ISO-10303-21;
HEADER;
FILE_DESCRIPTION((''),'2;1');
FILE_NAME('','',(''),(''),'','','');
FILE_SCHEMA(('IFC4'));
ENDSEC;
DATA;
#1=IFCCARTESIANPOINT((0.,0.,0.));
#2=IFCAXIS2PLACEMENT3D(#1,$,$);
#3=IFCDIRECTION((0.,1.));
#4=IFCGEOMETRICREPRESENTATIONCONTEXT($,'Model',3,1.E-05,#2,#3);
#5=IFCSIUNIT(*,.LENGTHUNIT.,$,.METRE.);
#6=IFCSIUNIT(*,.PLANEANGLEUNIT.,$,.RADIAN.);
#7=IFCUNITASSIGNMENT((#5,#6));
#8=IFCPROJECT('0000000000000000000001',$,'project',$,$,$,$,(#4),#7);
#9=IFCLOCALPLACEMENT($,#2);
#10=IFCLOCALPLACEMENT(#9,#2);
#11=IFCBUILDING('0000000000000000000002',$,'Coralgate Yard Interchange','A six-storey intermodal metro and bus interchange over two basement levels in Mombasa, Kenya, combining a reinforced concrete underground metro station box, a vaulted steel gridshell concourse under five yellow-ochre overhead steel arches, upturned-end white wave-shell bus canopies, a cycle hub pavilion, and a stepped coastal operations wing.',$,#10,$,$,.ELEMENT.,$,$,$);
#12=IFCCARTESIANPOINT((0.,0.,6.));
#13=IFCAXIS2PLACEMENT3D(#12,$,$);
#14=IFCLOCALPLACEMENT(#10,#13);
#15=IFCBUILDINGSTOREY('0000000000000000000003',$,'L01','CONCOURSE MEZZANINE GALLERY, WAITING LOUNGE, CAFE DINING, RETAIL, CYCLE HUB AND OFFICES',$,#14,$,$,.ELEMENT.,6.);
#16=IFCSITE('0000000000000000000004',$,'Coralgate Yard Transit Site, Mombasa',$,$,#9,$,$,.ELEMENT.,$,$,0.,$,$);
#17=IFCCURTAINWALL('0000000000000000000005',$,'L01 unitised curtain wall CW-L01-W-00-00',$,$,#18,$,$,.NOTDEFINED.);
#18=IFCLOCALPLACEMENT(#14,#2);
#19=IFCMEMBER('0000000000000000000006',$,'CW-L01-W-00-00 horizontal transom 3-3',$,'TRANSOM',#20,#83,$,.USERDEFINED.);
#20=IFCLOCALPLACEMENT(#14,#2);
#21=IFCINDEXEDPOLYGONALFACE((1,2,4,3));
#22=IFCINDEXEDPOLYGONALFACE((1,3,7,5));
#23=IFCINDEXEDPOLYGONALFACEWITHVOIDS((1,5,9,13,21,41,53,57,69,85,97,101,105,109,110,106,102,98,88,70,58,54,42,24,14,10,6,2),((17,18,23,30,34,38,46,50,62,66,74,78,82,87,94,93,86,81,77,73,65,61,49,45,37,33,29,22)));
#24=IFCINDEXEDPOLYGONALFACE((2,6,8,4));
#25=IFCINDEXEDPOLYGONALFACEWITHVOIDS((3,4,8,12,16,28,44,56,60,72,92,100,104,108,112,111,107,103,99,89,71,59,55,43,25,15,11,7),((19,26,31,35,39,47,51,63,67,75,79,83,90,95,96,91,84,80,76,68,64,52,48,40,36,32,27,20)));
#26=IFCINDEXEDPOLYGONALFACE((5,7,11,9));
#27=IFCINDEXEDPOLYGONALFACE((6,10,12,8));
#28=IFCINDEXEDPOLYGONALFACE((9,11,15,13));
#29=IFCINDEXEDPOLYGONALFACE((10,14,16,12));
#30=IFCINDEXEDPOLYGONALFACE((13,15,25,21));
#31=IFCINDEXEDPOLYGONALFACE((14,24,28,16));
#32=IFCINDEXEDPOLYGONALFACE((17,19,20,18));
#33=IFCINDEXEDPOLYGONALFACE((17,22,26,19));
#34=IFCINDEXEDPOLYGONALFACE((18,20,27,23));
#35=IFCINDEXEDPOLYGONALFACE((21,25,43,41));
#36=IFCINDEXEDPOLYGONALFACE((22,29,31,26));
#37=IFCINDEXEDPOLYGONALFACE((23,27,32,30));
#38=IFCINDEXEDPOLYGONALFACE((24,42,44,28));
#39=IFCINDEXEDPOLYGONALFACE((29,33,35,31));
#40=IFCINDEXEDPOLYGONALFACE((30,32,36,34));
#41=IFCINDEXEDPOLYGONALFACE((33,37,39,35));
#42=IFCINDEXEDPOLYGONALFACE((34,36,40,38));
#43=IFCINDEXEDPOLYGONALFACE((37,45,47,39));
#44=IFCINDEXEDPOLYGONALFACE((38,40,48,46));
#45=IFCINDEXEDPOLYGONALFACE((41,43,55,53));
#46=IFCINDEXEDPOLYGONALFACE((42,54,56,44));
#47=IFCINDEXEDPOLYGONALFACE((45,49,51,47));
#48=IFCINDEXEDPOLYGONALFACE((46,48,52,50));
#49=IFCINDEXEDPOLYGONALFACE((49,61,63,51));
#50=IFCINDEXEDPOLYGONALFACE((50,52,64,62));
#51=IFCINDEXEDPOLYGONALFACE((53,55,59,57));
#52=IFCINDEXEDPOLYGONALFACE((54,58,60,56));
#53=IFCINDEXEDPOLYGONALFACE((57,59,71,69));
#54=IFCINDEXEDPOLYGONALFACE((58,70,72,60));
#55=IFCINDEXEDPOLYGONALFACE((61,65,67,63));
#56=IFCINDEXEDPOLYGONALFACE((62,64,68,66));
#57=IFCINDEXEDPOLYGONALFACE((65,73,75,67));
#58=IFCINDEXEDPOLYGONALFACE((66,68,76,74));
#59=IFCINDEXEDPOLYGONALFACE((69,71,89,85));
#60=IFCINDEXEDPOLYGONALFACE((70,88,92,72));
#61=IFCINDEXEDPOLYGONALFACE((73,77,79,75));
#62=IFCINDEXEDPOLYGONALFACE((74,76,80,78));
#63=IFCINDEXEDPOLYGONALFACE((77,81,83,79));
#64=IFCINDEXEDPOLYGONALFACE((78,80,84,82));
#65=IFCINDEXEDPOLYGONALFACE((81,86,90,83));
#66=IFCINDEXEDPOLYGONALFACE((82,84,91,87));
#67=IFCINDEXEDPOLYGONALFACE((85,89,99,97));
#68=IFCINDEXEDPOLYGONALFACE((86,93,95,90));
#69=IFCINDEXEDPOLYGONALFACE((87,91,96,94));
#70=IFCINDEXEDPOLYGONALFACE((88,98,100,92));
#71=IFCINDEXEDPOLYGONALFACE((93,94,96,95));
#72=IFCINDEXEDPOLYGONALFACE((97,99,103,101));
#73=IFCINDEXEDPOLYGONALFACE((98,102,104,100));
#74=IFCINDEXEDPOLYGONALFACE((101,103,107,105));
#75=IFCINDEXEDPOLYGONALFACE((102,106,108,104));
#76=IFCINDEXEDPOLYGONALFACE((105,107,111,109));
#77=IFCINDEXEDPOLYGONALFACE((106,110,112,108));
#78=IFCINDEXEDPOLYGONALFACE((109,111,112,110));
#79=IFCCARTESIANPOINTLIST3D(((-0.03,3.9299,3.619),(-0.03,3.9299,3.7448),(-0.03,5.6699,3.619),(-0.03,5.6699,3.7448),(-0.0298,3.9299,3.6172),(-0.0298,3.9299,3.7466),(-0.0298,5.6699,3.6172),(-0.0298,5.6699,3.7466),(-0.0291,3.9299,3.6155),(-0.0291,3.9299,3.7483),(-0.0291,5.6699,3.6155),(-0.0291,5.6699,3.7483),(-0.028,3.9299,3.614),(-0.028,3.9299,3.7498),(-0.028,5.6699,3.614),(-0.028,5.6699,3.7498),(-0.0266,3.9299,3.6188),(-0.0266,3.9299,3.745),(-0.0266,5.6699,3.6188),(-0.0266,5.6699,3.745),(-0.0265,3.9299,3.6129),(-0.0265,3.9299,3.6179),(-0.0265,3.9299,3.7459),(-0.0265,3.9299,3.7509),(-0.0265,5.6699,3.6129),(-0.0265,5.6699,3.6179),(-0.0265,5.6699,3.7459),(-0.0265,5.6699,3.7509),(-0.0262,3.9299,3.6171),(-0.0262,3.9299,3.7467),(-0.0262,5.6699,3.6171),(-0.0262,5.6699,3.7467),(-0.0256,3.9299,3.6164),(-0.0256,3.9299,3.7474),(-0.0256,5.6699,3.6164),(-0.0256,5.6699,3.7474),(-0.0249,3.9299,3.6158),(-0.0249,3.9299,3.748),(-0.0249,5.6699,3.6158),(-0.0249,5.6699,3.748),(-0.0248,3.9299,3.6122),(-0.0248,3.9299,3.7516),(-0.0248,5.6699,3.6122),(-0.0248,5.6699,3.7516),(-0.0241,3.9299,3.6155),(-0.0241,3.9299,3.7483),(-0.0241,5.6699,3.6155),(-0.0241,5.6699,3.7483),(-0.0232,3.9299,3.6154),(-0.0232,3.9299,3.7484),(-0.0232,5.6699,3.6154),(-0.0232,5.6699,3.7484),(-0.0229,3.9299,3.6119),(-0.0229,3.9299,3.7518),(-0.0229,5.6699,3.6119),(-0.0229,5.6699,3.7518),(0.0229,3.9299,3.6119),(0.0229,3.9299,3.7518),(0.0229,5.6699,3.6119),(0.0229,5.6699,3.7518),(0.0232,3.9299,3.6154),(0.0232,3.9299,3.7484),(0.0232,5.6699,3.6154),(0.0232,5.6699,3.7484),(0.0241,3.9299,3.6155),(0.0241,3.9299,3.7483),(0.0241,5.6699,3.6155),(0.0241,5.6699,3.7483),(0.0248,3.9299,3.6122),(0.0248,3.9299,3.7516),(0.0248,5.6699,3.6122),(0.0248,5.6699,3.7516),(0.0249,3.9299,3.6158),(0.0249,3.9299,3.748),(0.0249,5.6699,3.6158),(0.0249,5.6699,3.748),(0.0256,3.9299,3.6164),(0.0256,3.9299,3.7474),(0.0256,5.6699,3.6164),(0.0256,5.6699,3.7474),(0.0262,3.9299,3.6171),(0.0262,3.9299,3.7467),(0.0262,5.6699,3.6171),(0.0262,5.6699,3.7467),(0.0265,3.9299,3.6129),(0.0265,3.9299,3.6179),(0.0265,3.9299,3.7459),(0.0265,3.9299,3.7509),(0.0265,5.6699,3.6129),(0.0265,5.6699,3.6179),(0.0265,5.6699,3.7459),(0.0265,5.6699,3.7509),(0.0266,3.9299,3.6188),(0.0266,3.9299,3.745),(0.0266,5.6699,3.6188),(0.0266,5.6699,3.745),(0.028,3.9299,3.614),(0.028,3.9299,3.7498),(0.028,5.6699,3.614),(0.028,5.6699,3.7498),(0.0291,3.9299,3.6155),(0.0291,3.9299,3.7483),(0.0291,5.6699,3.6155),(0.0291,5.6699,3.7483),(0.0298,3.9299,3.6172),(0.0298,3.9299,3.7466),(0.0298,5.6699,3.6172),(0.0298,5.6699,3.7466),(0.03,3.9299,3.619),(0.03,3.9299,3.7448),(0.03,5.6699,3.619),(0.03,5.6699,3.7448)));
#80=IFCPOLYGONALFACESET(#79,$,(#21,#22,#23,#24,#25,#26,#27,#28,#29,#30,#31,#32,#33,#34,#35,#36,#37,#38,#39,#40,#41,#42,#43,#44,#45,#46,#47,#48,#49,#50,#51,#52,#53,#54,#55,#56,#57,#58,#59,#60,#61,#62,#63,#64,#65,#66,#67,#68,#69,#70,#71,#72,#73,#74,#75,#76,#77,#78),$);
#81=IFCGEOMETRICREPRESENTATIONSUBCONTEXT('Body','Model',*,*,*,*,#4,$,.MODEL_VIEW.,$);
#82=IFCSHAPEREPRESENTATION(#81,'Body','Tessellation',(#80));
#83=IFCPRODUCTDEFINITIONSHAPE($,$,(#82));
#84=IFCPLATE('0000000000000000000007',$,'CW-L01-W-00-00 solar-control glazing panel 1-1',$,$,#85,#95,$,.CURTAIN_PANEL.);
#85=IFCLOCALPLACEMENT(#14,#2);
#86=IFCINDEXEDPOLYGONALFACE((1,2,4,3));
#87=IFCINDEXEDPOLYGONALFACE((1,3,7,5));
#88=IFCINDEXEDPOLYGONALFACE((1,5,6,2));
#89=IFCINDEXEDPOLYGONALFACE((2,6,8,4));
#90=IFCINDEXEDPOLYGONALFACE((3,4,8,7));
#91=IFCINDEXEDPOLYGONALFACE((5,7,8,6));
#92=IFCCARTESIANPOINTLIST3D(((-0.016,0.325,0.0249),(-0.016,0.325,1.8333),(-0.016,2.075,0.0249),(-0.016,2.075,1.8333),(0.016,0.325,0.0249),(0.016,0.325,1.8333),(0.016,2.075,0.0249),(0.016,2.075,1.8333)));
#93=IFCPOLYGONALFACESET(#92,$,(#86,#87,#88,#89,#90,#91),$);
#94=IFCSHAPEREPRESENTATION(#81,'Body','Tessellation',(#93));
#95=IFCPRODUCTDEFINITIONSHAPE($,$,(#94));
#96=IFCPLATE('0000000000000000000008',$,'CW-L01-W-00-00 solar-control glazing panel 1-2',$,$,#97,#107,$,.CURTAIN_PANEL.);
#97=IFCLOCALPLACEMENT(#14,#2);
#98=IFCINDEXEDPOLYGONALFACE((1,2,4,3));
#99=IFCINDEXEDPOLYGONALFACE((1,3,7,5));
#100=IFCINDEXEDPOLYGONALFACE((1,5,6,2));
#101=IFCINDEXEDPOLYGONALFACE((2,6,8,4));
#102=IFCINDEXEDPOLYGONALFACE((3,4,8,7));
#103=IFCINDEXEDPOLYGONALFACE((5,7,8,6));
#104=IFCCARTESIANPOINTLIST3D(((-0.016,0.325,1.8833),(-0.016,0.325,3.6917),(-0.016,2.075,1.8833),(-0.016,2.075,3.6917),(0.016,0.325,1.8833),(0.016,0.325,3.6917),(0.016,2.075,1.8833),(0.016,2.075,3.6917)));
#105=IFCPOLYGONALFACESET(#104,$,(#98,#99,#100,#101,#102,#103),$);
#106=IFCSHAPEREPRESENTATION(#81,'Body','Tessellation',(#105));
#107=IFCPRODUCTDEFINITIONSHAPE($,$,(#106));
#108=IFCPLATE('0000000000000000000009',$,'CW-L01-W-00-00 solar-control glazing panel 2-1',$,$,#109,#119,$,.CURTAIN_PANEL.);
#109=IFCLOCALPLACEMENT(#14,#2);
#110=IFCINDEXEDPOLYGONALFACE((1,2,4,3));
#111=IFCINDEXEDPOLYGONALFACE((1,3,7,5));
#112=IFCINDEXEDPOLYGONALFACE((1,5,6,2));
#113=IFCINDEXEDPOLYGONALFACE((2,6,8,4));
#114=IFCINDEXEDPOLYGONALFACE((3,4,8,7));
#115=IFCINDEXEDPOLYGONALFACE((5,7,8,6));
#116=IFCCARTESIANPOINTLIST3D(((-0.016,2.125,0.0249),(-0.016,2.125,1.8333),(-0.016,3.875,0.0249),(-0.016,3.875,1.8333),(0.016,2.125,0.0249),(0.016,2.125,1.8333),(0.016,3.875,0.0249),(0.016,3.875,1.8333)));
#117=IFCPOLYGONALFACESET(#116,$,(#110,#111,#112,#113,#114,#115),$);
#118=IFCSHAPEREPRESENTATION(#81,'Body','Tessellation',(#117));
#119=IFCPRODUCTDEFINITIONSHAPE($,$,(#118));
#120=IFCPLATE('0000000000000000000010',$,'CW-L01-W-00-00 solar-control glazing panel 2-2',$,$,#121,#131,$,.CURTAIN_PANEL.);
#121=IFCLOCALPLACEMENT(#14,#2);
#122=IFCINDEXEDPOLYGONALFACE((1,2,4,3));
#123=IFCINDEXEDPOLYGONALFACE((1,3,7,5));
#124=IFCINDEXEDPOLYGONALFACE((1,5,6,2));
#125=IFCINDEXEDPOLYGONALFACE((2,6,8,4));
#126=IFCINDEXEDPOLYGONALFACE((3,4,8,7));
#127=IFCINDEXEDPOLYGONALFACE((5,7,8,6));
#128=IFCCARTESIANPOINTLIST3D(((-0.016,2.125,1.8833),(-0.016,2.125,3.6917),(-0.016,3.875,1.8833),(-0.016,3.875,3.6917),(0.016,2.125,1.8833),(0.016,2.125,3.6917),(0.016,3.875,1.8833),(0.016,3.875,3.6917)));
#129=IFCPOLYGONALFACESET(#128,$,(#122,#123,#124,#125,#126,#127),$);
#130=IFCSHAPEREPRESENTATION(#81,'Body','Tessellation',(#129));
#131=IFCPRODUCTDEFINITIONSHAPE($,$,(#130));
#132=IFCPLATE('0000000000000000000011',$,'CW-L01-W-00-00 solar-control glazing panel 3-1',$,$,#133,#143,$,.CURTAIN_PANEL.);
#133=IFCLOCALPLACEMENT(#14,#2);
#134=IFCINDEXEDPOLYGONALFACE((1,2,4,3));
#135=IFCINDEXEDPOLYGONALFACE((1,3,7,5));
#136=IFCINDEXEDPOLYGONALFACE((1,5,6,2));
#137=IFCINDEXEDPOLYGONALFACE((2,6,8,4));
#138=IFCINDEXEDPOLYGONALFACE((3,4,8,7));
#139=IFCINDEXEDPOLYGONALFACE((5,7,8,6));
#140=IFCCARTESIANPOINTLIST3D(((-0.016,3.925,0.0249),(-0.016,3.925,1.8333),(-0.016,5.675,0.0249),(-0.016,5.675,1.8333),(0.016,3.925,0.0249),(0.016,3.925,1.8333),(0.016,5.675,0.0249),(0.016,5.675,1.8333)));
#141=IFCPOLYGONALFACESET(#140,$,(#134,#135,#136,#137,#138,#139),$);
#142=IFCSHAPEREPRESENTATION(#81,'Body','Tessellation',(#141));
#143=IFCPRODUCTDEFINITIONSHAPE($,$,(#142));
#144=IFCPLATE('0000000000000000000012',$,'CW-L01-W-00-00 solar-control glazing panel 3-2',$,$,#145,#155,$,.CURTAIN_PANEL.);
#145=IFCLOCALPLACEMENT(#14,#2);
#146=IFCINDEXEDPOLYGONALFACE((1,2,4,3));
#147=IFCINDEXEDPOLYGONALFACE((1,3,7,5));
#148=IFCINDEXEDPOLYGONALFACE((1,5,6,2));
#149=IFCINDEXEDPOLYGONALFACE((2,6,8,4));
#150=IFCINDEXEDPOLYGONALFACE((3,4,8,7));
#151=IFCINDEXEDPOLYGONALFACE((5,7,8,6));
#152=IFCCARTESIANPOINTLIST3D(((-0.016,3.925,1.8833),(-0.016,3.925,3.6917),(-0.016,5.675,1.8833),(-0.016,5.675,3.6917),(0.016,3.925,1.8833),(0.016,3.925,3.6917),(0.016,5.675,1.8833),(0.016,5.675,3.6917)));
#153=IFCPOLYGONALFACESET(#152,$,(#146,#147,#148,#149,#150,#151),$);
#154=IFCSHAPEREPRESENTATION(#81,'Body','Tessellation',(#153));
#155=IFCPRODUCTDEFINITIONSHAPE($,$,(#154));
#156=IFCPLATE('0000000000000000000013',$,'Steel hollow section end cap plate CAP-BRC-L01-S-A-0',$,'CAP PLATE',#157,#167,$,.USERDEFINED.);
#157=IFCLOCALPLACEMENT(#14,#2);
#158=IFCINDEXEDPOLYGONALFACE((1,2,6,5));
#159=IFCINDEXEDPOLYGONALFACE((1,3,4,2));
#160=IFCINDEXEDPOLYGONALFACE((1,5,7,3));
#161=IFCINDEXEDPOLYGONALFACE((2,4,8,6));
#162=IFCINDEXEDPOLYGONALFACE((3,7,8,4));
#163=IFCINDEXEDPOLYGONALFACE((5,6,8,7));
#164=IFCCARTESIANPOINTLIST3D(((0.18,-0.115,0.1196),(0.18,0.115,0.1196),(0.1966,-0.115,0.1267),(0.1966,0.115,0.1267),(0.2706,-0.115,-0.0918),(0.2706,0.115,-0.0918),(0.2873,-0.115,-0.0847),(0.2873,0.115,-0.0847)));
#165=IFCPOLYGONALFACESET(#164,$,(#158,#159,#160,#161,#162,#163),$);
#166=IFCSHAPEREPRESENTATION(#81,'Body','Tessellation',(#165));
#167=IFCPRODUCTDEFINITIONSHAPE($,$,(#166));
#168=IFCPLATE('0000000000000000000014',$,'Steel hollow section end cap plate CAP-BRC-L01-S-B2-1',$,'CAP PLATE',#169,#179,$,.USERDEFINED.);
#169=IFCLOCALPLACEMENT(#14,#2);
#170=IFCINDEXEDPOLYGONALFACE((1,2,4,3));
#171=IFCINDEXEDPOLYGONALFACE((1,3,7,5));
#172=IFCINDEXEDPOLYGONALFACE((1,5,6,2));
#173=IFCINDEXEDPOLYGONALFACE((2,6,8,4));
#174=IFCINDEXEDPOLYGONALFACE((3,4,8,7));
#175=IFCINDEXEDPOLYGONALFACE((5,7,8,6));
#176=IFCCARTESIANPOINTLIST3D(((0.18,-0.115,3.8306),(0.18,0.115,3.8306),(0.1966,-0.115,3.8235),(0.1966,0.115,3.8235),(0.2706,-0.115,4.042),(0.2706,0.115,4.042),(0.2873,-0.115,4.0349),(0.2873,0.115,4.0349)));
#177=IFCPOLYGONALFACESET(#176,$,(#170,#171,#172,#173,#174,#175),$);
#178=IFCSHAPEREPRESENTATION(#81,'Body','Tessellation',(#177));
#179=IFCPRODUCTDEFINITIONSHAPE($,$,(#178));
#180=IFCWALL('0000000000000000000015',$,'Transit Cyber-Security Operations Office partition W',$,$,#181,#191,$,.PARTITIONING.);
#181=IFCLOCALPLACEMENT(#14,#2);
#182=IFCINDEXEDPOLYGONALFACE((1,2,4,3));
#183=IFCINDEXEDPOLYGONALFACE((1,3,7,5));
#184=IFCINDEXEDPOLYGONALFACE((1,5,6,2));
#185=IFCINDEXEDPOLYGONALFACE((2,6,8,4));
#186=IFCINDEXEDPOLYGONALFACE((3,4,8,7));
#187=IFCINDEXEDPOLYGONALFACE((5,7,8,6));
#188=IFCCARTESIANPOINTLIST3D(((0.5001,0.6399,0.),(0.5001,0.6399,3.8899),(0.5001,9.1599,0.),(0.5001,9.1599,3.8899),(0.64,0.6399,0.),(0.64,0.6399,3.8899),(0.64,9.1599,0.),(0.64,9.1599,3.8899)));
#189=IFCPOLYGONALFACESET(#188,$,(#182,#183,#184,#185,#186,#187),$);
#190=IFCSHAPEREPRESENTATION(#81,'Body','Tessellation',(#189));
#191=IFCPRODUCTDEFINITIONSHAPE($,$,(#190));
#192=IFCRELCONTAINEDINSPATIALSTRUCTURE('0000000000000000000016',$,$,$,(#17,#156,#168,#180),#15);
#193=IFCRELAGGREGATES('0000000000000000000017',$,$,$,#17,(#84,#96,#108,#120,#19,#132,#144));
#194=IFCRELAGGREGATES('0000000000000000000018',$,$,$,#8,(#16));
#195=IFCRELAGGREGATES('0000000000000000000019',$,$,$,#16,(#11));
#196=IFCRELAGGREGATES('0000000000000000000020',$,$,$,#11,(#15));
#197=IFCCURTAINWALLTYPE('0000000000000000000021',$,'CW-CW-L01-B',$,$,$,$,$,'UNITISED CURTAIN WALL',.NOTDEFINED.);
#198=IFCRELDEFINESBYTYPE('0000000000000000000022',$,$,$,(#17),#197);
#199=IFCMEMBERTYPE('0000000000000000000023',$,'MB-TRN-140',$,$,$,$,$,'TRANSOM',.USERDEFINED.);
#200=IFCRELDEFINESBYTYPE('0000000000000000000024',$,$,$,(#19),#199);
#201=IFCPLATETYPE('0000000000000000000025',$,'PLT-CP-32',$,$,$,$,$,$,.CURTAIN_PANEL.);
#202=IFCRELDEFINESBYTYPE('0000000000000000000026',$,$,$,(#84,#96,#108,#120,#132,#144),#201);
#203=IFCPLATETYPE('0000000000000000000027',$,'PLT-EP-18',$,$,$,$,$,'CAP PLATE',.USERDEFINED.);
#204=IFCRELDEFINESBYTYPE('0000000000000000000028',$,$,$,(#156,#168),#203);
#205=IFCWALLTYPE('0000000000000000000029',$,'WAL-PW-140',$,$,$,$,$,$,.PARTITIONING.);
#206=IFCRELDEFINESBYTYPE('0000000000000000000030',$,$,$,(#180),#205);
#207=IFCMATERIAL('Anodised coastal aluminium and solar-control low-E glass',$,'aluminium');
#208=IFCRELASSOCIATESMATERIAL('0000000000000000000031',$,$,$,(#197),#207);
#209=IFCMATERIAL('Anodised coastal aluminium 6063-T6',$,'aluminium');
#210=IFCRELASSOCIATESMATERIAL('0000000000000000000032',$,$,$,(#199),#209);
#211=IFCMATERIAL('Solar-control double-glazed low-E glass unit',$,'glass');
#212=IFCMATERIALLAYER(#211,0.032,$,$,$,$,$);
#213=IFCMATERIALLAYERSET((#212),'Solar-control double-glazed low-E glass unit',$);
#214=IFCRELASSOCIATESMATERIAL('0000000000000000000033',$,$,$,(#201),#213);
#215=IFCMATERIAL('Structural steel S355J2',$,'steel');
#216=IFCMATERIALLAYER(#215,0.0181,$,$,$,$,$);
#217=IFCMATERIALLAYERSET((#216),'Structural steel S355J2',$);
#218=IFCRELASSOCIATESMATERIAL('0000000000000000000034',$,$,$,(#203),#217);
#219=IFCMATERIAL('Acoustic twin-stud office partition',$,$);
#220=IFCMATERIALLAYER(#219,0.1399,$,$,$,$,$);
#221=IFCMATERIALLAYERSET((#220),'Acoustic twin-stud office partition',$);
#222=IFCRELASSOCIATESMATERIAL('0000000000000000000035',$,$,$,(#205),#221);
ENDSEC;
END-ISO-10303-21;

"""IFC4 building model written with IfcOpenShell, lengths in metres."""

from ifc_helpers import new_model, si_unit, direction, frame, frame_2d, origin, origin_2d, place, context, subcontext, project, spatial, rectangle, hollow_rectangle, extrude, material, layer, layer_set, material_profile, profile_set, type_object, element, aggregate, save


model = new_model("IFC4")

# Units and contexts
model_context = context("Model", 3, precision=1e-05, world=origin(), true_north=direction((0.0, 1.0)))
body_context = subcontext(model_context, "Body", "Model", "MODEL_VIEW")
ifc_project = project(units=[si_unit("LENGTHUNIT", "METRE"), si_unit("PLANEANGLEUNIT", "RADIAN")], contexts=[model_context])

# Site, building, storey
site_placement = place(None, origin())
site = spatial("IfcSite", under=ifc_project, at=site_placement, Name="Coralgate Yard Transit Site, Mombasa", CompositionType="ELEMENT", RefElevation=0.0)
building_placement = place(site_placement, origin())
building = spatial("IfcBuilding", under=site, at=building_placement, Name="Coralgate Yard Interchange", Description="A six-storey intermodal metro and bus interchange over two basement levels in Mombasa, Kenya, combining a reinforced concrete underground metro station box, a vaulted steel gridshell concourse under five yellow-ochre overhead steel arches, upturned-end white wave-shell bus canopies, a cycle hub pavilion, and a stepped coastal operations wing.", CompositionType="ELEMENT")
storey_placement = place(building_placement, frame((0.0, 0.0, 6.0)))
storey = spatial("IfcBuildingStorey", under=building, at=storey_placement, Name="L01", Description="CONCOURSE MEZZANINE GALLERY, WAITING LOUNGE, CAFE DINING, RETAIL, CYCLE HUB AND OFFICES", CompositionType="ELEMENT", Elevation=6.0)

# Shared definitions
ifc_material_1 = material(Name="Structural steel S355J2", Category="steel")

# Curtain wall, member, plates
ifc_material_2 = material(Name="Anodised coastal aluminium and solar-control low-E glass", Category="aluminium")
curtain_wall_type = type_object("IfcCurtainWallType", Name="CW-CW-L01-B", ElementType="UNITISED CURTAIN WALL", PredefinedType="NOTDEFINED", material=ifc_material_2)
curtain_wall_placement = place(storey_placement, origin())
curtain_wall = element("IfcCurtainWall", 1, at=curtain_wall_placement, inside=storey, type_object=curtain_wall_type, Name="L01 unitised curtain wall CW-L01-W-00-00", PredefinedType="NOTDEFINED")
ifc_material_3 = material(Name="Anodised coastal aluminium 6063-T6", Category="aluminium")
ifc_material_profile_1 = material_profile(ifc_material_3, hollow_rectangle(XDim=0.0601, YDim=0.1399, WallThickness=0.0034, InnerFilletRadius=0.0034, OuterFilletRadius=0.0071, at=origin_2d()), Name="ALU 60x140x3.5")
ifc_profile_set_1 = profile_set([ifc_material_profile_1], Name="Anodised coastal aluminium 6063-T6")
member_type_1 = type_object("IfcMemberType", Name="MB-TRN-140", ElementType="TRANSOM", PredefinedType="USERDEFINED", material=ifc_profile_set_1)
member_1_placement = place(storey_placement, frame((0.0, 3.9299, 3.6819), z_axis=(0.0, 1.0, 0.0), x_axis=(-1.0, 0.0, 0.0)))
member_1 = element("IfcMember", 2, at=member_1_placement, type_object=member_type_1, Name="CW-L01-W-00-00 horizontal transom 3-3", ObjectType="TRANSOM", PredefinedType="USERDEFINED", context=body_context, shape_type="SweptSolid", body=[
    extrude(hollow_rectangle(XDim=0.0601, YDim=0.1399, WallThickness=0.0034, InnerFilletRadius=0.0034, OuterFilletRadius=0.0071, at=origin_2d()), origin(), (0.0, 0.0, 1.0), 1.74),
])
ifc_material_4 = material(Name="Solar-control double-glazed low-E glass unit", Category="glass")
ifc_layer_1 = layer(ifc_material_4, 0.032)
ifc_layer_set_1 = layer_set([ifc_layer_1], Name="Solar-control double-glazed low-E glass unit")
plate_type_1 = type_object("IfcPlateType", Name="PLT-CP-32", PredefinedType="CURTAIN_PANEL", material=ifc_layer_set_1)
plate_1_placement = place(storey_placement, frame((0.0, 1.2, 0.0249), z_axis=(0.0, 0.0, 1.0), x_axis=(0.0, 1.0, 0.0)))
plate_1 = element("IfcPlate", 3, at=plate_1_placement, type_object=plate_type_1, Name="CW-L01-W-00-00 solar-control glazing panel 1-1", PredefinedType="CURTAIN_PANEL", context=body_context, shape_type="SweptSolid", body=[
    extrude(rectangle(XDim=1.75, YDim=0.032, at=origin_2d()), origin(), (0.0, 0.0, 1.0), 1.8083),
])
plate_2_placement = place(storey_placement, frame((0.0, 1.2, 1.8833), z_axis=(0.0, 0.0, 1.0), x_axis=(0.0, 1.0, 0.0)))
plate_2 = element("IfcPlate", 4, at=plate_2_placement, type_object=plate_type_1, Name="CW-L01-W-00-00 solar-control glazing panel 1-2", PredefinedType="CURTAIN_PANEL", context=body_context, shape_type="SweptSolid", body=[
    extrude(rectangle(XDim=1.75, YDim=0.032, at=origin_2d()), origin(), (0.0, 0.0, 1.0), 1.8083),
])
plate_3_placement = place(storey_placement, frame((0.0, 3.0, 0.0249), z_axis=(0.0, 0.0, 1.0), x_axis=(0.0, 1.0, 0.0)))
plate_3 = element("IfcPlate", 5, at=plate_3_placement, type_object=plate_type_1, Name="CW-L01-W-00-00 solar-control glazing panel 2-1", PredefinedType="CURTAIN_PANEL", context=body_context, shape_type="SweptSolid", body=[
    extrude(rectangle(XDim=1.75, YDim=0.032, at=origin_2d()), origin(), (0.0, 0.0, 1.0), 1.8083),
])
plate_4_placement = place(storey_placement, frame((0.0, 3.0, 1.8833), z_axis=(0.0, 0.0, 1.0), x_axis=(0.0, 1.0, 0.0)))
plate_4 = element("IfcPlate", 6, at=plate_4_placement, type_object=plate_type_1, Name="CW-L01-W-00-00 solar-control glazing panel 2-2", PredefinedType="CURTAIN_PANEL", context=body_context, shape_type="SweptSolid", body=[
    extrude(rectangle(XDim=1.75, YDim=0.032, at=origin_2d()), origin(), (0.0, 0.0, 1.0), 1.8083),
])
plate_5_placement = place(storey_placement, frame((0.0, 4.8, 0.0249), z_axis=(0.0, 0.0, 1.0), x_axis=(0.0, 1.0, 0.0)))
plate_5 = element("IfcPlate", 7, at=plate_5_placement, type_object=plate_type_1, Name="CW-L01-W-00-00 solar-control glazing panel 3-1", PredefinedType="CURTAIN_PANEL", context=body_context, shape_type="SweptSolid", body=[
    extrude(rectangle(XDim=1.75, YDim=0.032, at=origin_2d()), origin(), (0.0, 0.0, 1.0), 1.8083),
])
plate_6_placement = place(storey_placement, frame((0.0, 4.8, 1.8833), z_axis=(0.0, 0.0, 1.0), x_axis=(0.0, 1.0, 0.0)))
plate_6 = element("IfcPlate", 8, at=plate_6_placement, type_object=plate_type_1, Name="CW-L01-W-00-00 solar-control glazing panel 3-2", PredefinedType="CURTAIN_PANEL", context=body_context, shape_type="SweptSolid", body=[
    extrude(rectangle(XDim=1.75, YDim=0.032, at=origin_2d()), origin(), (0.0, 0.0, 1.0), 1.8083),
])
aggregate(curtain_wall, [plate_1, plate_2, plate_3, plate_4, member_1, plate_5, plate_6])

# Plates
ifc_layer_2 = layer(ifc_material_1, 0.0181)
ifc_layer_set_2 = layer_set([ifc_layer_2], Name="Structural steel S355J2")
plate_type_2 = type_object("IfcPlateType", Name="PLT-EP-18", ElementType="CAP PLATE", PredefinedType="USERDEFINED", material=ifc_layer_set_2)
for number, where, z_axis, x_axis, name in (
    (9, (0.2419, 0.0, 0.021), (-0.919093, 0.0, -0.394041), (0.0, -1.0, 0.0), "Steel hollow section end cap plate CAP-BRC-L01-S-A-0"),
    (10, (0.2419, 0.0, 3.9292), (-0.919093, 0.0, 0.394041), (0.0, -1.0, 0.0), "Steel hollow section end cap plate CAP-BRC-L01-S-B2-1"),
):
    element("IfcPlate", number, at=place(storey_placement, frame(where, z_axis=z_axis, x_axis=x_axis)), inside=storey, type_object=plate_type_2, Name=name, ObjectType="CAP PLATE", PredefinedType="USERDEFINED", context=body_context, shape_type="SweptSolid", body=[
        extrude(rectangle(XDim=0.23, YDim=0.23, at=origin_2d()), origin(), (0.0, 0.0, 1.0), 0.0181),
    ])

# Wall
ifc_material_5 = material(Name="Acoustic twin-stud office partition")
ifc_layer_3 = layer(ifc_material_5, 0.1399)
ifc_layer_set_3 = layer_set([ifc_layer_3], Name="Acoustic twin-stud office partition")
wall_type = type_object("IfcWallType", Name="WAL-PW-140", PredefinedType="PARTITIONING", material=ifc_layer_set_3)
wall_placement = place(storey_placement, frame((0.5701, 0.6399, 0.0), z_axis=(0.0, 0.0, 1.0), x_axis=(0.0, 1.0, 0.0)))
element("IfcWall", 11, at=wall_placement, inside=storey, type_object=wall_type, Name="Transit Cyber-Security Operations Office partition W", PredefinedType="PARTITIONING", context=body_context, shape_type="SweptSolid", body=[
    extrude(rectangle(XDim=8.52, YDim=0.1399, at=frame_2d((4.26, 0.0))), origin(), (0.0, 0.0, 1.0), 3.8899),
])

save(model, "model.ifc")
